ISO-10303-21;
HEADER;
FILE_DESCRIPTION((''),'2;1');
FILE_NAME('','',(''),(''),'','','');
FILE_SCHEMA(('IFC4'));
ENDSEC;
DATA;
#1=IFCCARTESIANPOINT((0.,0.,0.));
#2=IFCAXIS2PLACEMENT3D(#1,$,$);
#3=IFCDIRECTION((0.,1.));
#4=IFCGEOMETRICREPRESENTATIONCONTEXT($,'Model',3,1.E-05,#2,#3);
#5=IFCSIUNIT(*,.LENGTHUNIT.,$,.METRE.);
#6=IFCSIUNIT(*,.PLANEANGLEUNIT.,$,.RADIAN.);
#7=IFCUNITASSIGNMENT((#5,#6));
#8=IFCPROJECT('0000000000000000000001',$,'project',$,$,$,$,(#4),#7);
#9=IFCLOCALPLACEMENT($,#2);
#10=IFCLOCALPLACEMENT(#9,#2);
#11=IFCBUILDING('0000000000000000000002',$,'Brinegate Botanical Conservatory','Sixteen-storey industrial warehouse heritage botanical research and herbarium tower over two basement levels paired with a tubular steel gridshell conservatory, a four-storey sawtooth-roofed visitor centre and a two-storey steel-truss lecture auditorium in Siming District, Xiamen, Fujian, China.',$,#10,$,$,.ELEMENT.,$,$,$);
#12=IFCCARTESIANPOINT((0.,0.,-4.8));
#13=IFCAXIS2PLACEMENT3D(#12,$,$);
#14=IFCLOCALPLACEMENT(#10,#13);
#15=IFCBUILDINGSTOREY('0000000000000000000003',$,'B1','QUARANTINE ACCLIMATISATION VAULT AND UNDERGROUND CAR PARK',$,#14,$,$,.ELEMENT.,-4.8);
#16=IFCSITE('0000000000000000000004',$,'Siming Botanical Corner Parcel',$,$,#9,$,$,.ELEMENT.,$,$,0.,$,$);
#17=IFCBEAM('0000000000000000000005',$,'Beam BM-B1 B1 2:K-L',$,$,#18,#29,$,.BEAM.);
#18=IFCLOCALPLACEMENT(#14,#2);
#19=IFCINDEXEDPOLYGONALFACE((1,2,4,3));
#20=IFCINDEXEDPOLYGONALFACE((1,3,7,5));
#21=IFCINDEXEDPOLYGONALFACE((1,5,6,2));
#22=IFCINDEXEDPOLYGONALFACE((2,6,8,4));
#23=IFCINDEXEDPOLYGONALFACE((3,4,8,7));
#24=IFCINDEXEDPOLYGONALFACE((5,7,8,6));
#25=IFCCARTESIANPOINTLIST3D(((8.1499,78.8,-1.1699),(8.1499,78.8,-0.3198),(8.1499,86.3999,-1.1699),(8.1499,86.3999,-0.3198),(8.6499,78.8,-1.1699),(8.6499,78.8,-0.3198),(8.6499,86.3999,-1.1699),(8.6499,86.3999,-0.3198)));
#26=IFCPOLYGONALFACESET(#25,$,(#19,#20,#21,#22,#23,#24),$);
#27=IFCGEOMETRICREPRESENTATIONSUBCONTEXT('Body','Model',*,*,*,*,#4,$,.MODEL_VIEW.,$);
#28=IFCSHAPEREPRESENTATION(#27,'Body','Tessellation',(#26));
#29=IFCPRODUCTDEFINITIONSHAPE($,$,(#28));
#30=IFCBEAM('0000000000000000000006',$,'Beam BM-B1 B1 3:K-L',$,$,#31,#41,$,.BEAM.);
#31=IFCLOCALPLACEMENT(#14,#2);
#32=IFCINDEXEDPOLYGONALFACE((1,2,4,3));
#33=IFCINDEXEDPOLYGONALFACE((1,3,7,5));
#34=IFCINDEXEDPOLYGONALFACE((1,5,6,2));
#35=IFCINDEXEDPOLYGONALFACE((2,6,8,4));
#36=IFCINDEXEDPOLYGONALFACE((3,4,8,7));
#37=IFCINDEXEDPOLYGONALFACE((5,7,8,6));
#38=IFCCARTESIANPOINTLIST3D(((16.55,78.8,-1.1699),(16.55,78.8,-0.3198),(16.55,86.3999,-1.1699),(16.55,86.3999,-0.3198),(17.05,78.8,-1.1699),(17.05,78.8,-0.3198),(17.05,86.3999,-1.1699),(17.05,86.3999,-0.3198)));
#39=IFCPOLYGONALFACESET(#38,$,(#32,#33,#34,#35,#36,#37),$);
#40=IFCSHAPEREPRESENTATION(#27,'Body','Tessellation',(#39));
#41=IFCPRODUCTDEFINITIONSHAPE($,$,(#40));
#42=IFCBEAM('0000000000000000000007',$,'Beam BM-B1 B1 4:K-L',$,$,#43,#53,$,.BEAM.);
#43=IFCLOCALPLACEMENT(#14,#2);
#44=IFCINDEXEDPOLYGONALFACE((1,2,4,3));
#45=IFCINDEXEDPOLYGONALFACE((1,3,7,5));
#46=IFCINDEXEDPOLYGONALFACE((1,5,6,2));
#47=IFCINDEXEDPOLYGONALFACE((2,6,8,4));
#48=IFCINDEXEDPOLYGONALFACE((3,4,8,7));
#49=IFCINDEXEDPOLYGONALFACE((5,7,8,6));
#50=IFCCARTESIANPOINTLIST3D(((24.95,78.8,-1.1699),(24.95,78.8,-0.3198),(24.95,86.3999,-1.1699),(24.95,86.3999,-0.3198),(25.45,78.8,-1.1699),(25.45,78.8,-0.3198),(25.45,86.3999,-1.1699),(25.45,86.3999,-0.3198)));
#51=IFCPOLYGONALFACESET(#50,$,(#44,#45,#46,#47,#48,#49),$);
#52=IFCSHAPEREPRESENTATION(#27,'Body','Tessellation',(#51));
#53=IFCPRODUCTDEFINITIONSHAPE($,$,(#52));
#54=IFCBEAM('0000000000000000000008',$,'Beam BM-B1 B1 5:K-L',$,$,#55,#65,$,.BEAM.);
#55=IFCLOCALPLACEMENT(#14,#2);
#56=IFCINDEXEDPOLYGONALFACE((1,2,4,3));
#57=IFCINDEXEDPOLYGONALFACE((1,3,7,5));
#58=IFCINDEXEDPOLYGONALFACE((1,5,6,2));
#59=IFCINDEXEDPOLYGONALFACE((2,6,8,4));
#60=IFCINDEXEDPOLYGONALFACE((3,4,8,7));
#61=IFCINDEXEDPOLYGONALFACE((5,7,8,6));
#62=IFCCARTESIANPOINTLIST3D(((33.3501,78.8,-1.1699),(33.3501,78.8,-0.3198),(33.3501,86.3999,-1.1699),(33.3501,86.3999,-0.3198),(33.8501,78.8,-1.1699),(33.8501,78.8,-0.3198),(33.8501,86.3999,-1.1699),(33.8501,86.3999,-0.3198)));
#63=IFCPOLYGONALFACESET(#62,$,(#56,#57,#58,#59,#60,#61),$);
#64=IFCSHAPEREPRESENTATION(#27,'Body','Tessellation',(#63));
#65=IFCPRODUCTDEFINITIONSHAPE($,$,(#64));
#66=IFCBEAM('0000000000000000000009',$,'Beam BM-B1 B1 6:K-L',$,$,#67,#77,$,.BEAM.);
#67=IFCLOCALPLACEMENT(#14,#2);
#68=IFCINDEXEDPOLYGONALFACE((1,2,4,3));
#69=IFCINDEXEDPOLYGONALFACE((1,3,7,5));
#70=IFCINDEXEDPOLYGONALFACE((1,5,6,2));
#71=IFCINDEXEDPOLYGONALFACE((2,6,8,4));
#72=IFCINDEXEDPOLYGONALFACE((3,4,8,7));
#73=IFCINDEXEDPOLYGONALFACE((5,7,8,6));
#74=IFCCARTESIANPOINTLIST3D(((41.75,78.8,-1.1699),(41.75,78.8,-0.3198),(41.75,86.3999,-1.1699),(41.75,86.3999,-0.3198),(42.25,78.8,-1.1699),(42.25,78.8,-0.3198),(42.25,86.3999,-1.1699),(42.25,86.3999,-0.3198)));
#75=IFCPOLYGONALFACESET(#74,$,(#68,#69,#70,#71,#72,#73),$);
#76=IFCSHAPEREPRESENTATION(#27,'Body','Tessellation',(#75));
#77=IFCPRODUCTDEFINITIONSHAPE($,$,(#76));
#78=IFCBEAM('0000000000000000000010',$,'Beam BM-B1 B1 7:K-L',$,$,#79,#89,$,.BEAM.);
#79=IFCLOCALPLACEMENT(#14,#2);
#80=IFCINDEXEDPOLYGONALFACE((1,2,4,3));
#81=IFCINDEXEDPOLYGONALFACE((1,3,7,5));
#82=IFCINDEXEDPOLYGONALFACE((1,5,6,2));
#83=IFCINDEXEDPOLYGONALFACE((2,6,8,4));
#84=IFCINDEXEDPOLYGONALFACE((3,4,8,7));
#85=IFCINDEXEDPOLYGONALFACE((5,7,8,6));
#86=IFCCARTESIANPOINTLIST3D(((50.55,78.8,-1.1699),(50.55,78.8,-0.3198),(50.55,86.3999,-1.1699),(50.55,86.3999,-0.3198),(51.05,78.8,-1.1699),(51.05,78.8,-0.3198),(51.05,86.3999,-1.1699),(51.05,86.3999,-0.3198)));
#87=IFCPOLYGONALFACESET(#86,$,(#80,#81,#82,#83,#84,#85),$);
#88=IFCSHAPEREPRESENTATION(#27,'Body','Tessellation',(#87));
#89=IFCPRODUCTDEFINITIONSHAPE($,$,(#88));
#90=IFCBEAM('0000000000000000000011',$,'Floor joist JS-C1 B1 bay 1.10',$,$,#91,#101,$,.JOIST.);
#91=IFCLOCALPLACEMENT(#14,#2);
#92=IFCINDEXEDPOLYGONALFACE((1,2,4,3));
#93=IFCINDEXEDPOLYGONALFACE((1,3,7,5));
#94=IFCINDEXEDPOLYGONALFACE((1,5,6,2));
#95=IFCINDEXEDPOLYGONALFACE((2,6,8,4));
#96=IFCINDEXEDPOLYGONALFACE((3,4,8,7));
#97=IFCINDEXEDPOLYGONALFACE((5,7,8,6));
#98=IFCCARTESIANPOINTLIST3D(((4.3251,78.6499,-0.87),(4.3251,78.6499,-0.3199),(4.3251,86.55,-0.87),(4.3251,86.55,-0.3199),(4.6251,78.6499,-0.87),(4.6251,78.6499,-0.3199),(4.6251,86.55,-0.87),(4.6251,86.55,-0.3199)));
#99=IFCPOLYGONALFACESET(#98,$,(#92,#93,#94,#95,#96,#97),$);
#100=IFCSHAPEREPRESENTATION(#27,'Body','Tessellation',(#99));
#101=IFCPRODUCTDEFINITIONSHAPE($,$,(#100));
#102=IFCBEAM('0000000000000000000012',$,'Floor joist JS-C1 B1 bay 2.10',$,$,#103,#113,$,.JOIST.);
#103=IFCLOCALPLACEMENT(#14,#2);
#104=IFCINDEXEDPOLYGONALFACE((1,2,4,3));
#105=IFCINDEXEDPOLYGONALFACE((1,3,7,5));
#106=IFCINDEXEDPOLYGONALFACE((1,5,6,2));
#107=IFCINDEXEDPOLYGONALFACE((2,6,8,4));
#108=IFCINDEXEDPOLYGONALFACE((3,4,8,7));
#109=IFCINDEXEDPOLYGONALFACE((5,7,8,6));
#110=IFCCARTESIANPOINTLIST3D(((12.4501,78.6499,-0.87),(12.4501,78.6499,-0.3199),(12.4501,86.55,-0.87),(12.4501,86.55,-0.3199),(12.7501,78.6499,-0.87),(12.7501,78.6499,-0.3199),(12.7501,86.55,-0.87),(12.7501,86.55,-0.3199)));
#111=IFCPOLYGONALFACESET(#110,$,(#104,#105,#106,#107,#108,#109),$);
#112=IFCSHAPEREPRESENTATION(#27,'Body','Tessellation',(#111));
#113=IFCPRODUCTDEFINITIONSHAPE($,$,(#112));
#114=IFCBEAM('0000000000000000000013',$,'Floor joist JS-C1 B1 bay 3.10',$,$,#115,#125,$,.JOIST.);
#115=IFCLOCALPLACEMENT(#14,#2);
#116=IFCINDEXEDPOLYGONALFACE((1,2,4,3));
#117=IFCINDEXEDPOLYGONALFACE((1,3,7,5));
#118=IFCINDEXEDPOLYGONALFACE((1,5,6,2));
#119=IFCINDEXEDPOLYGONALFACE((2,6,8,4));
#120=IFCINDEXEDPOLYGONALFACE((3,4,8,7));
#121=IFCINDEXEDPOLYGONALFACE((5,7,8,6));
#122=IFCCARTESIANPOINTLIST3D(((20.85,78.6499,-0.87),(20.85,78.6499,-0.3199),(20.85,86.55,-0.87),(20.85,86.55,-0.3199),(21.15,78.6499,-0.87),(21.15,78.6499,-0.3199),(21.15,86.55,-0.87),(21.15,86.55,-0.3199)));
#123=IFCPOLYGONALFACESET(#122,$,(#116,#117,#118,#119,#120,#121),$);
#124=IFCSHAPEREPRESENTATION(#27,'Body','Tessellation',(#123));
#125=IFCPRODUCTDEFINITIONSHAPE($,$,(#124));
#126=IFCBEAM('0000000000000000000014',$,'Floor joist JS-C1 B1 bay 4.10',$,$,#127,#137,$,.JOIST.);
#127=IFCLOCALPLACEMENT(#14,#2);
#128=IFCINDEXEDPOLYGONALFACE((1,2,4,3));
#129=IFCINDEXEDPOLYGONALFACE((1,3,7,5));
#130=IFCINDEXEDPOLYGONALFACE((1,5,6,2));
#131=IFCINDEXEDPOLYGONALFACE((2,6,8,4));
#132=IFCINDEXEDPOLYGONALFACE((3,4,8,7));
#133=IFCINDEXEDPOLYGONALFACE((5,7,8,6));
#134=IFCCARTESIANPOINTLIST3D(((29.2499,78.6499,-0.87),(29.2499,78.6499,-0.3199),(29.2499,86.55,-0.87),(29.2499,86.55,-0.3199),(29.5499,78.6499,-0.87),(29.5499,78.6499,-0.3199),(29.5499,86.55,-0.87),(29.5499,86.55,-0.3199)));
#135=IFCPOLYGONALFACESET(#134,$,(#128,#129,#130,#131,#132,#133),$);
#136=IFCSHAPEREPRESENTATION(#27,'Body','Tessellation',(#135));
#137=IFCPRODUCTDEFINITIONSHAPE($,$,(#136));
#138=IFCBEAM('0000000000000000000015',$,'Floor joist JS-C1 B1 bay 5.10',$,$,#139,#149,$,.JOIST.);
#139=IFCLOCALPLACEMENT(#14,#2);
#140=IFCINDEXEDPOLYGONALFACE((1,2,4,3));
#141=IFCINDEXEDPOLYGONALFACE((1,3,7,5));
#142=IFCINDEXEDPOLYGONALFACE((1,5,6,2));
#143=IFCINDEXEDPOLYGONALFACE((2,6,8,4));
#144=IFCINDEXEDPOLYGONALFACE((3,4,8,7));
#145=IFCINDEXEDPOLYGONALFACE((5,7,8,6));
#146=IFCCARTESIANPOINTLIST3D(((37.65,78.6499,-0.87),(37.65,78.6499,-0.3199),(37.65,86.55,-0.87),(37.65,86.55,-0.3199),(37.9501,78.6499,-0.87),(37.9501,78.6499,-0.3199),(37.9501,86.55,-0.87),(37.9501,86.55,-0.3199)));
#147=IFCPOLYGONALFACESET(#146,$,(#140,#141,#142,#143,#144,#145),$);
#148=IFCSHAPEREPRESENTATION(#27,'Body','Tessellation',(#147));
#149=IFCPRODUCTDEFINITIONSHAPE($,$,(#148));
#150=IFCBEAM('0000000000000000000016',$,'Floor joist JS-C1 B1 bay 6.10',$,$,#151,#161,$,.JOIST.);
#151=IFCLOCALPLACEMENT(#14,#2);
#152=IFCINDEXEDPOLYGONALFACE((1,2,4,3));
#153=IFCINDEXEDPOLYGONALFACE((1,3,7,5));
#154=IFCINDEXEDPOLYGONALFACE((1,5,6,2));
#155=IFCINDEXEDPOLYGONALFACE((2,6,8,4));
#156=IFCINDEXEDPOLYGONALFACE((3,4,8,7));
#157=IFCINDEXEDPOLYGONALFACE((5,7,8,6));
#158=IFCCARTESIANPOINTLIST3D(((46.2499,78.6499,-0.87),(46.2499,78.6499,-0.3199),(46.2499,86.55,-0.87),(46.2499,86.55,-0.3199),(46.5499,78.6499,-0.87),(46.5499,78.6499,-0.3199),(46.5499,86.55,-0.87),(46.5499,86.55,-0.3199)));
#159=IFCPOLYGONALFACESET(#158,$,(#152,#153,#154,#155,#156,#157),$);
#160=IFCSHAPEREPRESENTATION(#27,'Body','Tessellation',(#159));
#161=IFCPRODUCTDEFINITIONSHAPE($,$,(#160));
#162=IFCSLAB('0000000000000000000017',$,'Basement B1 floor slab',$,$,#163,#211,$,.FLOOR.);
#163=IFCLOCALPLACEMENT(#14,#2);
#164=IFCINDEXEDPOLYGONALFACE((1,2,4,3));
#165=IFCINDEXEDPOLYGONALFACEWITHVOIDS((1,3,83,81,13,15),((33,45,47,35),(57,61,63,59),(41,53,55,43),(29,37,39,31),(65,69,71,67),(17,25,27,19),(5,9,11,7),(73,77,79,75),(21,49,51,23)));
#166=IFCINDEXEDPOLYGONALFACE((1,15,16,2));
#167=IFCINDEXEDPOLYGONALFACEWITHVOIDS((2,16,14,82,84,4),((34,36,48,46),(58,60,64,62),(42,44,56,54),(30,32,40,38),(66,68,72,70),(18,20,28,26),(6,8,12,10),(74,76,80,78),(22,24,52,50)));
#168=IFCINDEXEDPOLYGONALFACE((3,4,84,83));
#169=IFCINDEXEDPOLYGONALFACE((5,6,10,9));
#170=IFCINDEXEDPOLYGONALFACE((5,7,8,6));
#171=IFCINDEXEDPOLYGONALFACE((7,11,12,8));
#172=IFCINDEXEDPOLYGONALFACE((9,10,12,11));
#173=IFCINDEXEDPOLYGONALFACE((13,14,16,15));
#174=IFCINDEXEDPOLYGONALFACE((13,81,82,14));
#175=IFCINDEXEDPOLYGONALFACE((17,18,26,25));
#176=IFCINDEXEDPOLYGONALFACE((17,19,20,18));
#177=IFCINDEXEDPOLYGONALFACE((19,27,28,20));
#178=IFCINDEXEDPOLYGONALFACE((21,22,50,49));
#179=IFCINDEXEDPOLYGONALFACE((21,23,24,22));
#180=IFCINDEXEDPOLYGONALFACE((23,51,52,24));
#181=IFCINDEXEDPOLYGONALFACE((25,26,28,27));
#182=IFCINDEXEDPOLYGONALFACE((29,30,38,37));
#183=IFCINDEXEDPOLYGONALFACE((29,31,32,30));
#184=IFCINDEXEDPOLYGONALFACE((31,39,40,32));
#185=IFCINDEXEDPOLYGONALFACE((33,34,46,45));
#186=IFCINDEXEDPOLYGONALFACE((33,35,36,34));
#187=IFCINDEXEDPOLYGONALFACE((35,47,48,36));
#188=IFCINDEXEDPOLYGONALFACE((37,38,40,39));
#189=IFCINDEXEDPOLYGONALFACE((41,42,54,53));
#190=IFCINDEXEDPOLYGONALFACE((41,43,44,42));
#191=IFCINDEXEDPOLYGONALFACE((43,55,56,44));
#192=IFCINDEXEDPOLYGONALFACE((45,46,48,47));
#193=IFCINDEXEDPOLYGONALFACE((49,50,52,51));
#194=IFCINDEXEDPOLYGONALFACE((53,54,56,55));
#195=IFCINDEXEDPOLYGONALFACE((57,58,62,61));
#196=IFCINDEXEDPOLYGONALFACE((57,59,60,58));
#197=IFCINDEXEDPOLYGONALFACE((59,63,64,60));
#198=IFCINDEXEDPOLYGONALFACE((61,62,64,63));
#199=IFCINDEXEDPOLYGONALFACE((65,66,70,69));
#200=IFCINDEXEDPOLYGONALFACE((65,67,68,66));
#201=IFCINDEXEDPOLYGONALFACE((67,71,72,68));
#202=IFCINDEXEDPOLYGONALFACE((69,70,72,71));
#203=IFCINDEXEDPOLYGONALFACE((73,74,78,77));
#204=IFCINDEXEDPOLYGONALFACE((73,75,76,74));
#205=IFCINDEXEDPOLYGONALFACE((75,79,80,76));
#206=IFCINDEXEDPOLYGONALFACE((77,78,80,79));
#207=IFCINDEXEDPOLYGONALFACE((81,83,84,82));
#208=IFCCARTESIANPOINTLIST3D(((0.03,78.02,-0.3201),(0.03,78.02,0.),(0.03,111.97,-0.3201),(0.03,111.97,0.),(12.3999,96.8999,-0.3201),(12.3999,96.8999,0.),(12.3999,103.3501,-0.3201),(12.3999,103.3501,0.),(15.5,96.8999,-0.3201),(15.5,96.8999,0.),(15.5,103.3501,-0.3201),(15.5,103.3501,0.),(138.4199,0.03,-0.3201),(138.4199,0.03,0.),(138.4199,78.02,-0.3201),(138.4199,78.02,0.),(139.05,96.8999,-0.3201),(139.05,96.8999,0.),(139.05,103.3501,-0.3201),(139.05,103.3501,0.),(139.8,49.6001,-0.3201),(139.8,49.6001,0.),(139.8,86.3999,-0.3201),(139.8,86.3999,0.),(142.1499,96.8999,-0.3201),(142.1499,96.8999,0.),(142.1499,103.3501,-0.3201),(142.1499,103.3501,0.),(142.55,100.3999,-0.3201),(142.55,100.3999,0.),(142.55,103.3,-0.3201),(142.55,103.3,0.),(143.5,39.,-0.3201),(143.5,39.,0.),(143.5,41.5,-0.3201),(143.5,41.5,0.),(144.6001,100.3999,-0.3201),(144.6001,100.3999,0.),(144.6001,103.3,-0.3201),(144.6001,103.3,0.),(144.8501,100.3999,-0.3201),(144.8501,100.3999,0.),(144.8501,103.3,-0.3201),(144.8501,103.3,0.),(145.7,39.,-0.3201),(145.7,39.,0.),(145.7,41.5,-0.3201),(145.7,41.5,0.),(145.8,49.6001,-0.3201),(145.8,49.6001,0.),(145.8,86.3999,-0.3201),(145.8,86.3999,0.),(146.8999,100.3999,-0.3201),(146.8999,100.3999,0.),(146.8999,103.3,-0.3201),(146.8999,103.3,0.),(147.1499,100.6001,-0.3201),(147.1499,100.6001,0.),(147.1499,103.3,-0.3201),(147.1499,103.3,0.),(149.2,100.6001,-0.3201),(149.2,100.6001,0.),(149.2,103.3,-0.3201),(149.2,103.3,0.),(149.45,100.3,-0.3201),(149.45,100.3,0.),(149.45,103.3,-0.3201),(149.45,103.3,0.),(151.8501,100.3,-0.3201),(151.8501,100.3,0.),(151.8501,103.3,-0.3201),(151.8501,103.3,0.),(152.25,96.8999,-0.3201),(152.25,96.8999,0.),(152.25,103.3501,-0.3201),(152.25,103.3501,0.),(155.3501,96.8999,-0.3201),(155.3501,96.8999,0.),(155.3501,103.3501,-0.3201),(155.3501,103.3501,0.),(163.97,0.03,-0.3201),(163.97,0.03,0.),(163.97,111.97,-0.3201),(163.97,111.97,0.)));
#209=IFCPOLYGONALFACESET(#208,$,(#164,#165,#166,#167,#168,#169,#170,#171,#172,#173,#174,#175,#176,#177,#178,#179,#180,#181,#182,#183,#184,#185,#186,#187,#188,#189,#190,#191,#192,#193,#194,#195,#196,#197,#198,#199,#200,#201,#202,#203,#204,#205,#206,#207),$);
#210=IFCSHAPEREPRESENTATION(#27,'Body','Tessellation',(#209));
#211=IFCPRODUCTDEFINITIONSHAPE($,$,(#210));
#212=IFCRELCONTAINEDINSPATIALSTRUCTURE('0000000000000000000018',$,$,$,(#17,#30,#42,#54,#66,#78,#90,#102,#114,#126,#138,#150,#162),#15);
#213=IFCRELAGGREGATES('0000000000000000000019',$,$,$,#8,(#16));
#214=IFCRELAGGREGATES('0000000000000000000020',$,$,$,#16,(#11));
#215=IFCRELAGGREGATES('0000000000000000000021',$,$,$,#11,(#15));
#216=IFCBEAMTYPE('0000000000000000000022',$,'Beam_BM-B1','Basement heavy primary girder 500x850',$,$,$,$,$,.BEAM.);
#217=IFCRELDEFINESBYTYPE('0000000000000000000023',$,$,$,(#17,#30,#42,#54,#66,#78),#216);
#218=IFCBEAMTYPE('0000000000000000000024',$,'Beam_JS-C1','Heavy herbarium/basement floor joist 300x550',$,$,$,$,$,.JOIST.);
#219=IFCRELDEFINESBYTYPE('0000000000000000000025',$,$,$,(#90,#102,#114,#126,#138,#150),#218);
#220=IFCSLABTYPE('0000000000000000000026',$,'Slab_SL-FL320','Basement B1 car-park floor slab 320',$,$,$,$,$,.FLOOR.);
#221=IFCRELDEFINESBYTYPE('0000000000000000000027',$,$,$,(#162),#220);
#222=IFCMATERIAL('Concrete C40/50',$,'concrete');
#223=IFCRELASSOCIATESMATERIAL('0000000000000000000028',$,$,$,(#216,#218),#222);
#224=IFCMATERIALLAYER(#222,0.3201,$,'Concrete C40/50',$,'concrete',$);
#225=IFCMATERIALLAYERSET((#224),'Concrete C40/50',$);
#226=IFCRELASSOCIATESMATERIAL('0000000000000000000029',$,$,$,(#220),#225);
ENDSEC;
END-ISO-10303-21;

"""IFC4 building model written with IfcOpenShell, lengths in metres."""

from ifc_helpers import new_model, si_unit, direction, frame, origin, origin_2d, place, context, subcontext, project, spatial, polyline, rectangle, outline, extrude, material, layer, layer_set, material_profile, profile_set, type_object, element, save


model = new_model("IFC4")

# Units and contexts
model_context = context("Model", 3, precision=1e-05, world=origin(), true_north=direction((0.0, 1.0)))
body_context = subcontext(model_context, "Body", "Model", "MODEL_VIEW")
ifc_project = project(units=[si_unit("LENGTHUNIT", "METRE"), si_unit("PLANEANGLEUNIT", "RADIAN")], contexts=[model_context])

# Site, building, storey
site_placement = place(None, origin())
site = spatial("IfcSite", under=ifc_project, at=site_placement, Name="Siming Botanical Corner Parcel", CompositionType="ELEMENT", RefElevation=0.0)
building_placement = place(site_placement, origin())
building = spatial("IfcBuilding", under=site, at=building_placement, Name="Brinegate Botanical Conservatory", Description="Sixteen-storey industrial warehouse heritage botanical research and herbarium tower over two basement levels paired with a tubular steel gridshell conservatory, a four-storey sawtooth-roofed visitor centre and a two-storey steel-truss lecture auditorium in Siming District, Xiamen, Fujian, China.", CompositionType="ELEMENT")
storey_placement = place(building_placement, frame((0.0, 0.0, -4.8)))
storey = spatial("IfcBuildingStorey", under=building, at=storey_placement, Name="B1", Description="QUARANTINE ACCLIMATISATION VAULT AND UNDERGROUND CAR PARK", CompositionType="ELEMENT", Elevation=-4.8)

# Shared definitions
ifc_material_1 = material(Name="Concrete C40/50", Category="concrete")

# Beams
ifc_material_profile_1 = material_profile(ifc_material_1, rectangle(XDim=0.5, YDim=0.8501, at=origin_2d()), Name="RC BM 500x850")
ifc_profile_set_1 = profile_set([ifc_material_profile_1], Name="Concrete C40/50")
beam_type_1 = type_object("IfcBeamType", Name="Beam_BM-B1", Description="Basement heavy primary girder 500x850", PredefinedType="BEAM", material=ifc_profile_set_1)
for number, where, z_axis, x_axis, name in (
    (1, (8.3999, 78.8, -0.7449), (0.0, 1.0, 0.0), (-1.0, 0.0, 0.0), "Beam BM-B1 B1 2:K-L"),
    (2, (16.8, 78.8, -0.7449), (0.0, 1.0, 0.0), (-1.0, 0.0, 0.0), "Beam BM-B1 B1 3:K-L"),
    (3, (25.2, 78.8, -0.7449), (0.0, 1.0, 0.0), (-1.0, 0.0, 0.0), "Beam BM-B1 B1 4:K-L"),
    (4, (33.6001, 78.8, -0.7449), (0.0, 1.0, 0.0), (-1.0, 0.0, 0.0), "Beam BM-B1 B1 5:K-L"),
    (5, (42.0, 78.8, -0.7449), (0.0, 1.0, 0.0), (-1.0, 0.0, 0.0), "Beam BM-B1 B1 6:K-L"),
    (6, (50.8, 78.8, -0.7449), (0.0, 1.0, 0.0), (-1.0, 0.0, 0.0), "Beam BM-B1 B1 7:K-L"),
):
    element("IfcBeam", number, at=place(storey_placement, frame(where, z_axis=z_axis, x_axis=x_axis)), inside=storey, type_object=beam_type_1, Name=name, PredefinedType="BEAM", context=body_context, shape_type="SweptSolid", body=[
        extrude(rectangle(XDim=0.5, YDim=0.8501, at=origin_2d()), origin(), (0.0, 0.0, 1.0), 7.5999),
    ])
ifc_material_profile_2 = material_profile(ifc_material_1, rectangle(XDim=0.3, YDim=0.55, at=origin_2d()), Name="RC JST 300x550")
ifc_profile_set_2 = profile_set([ifc_material_profile_2], Name="Concrete C40/50")
beam_type_2 = type_object("IfcBeamType", Name="Beam_JS-C1", Description="Heavy herbarium/basement floor joist 300x550", PredefinedType="JOIST", material=ifc_profile_set_2)
for number, where, z_axis, x_axis, name in (
    (7, (4.4751, 78.6499, -0.595), (0.0, 1.0, 0.0), (-1.0, 0.0, 0.0), "Floor joist JS-C1 B1 bay 1.10"),
    (8, (12.6001, 78.6499, -0.595), (0.0, 1.0, 0.0), (-1.0, 0.0, 0.0), "Floor joist JS-C1 B1 bay 2.10"),
    (9, (21.0, 78.6499, -0.595), (0.0, 1.0, 0.0), (-1.0, 0.0, 0.0), "Floor joist JS-C1 B1 bay 3.10"),
    (10, (29.3999, 78.6499, -0.595), (0.0, 1.0, 0.0), (-1.0, 0.0, 0.0), "Floor joist JS-C1 B1 bay 4.10"),
    (11, (37.8, 78.6499, -0.595), (0.0, 1.0, 0.0), (-1.0, 0.0, 0.0), "Floor joist JS-C1 B1 bay 5.10"),
    (12, (46.3999, 78.6499, -0.595), (0.0, 1.0, 0.0), (-1.0, 0.0, 0.0), "Floor joist JS-C1 B1 bay 6.10"),
):
    element("IfcBeam", number, at=place(storey_placement, frame(where, z_axis=z_axis, x_axis=x_axis)), inside=storey, type_object=beam_type_2, Name=name, PredefinedType="JOIST", context=body_context, shape_type="SweptSolid", body=[
        extrude(rectangle(XDim=0.3, YDim=0.55, at=origin_2d()), origin(), (0.0, 0.0, 1.0), 7.9001),
    ])

# Slab
ifc_layer_1 = layer(ifc_material_1, 0.3201, Name="Concrete C40/50", Category="concrete")
ifc_layer_set_1 = layer_set([ifc_layer_1], Name="Concrete C40/50")
slab_type_1 = type_object("IfcSlabType", Name="Slab_SL-FL320", Description="Basement B1 car-park floor slab 320", PredefinedType="FLOOR", material=ifc_layer_set_1)
slab_1_placement = place(storey_placement, frame((0.0, 0.0, -0.3201)))
element("IfcSlab", 13, at=slab_1_placement, inside=storey, type_object=slab_type_1, Name="Basement B1 floor slab", PredefinedType="FLOOR", context=body_context, shape_type="SweptSolid", body=[
    extrude(outline(polyline([(0.03, 78.02), (138.4199, 78.02), (138.4199, 0.03), (163.97, 0.03), (163.97, 111.97), (0.03, 111.97), (0.03, 78.02)]), holes=[polyline([(142.1499, 96.8999), (142.1499, 103.3501), (139.05, 103.3501), (139.05, 96.8999), (142.1499, 96.8999)]), polyline([(155.3501, 96.8999), (155.3501, 103.3501), (152.25, 103.3501), (152.25, 96.8999), (155.3501, 96.8999)]), polyline([(15.5, 96.8999), (15.5, 103.3501), (12.3999, 103.3501), (12.3999, 96.8999), (15.5, 96.8999)]), polyline([(142.55, 100.3999), (144.6001, 100.3999), (144.6001, 103.3), (142.55, 103.3), (142.55, 100.3999)]), polyline([(144.8501, 100.3999), (146.8999, 100.3999), (146.8999, 103.3), (144.8501, 103.3), (144.8501, 100.3999)]), polyline([(147.1499, 100.6001), (149.2, 100.6001), (149.2, 103.3), (147.1499, 103.3), (147.1499, 100.6001)]), polyline([(149.45, 100.3), (151.8501, 100.3), (151.8501, 103.3), (149.45, 103.3), (149.45, 100.3)]), polyline([(143.5, 39.0), (145.7, 39.0), (145.7, 41.5), (143.5, 41.5), (143.5, 39.0)]), polyline([(139.8, 49.6001), (145.8, 49.6001), (145.8, 86.3999), (139.8, 86.3999), (139.8, 49.6001)])]), origin(), (0.0, 0.0, 1.0), 0.3201),
])

save(model, "model.ifc")
